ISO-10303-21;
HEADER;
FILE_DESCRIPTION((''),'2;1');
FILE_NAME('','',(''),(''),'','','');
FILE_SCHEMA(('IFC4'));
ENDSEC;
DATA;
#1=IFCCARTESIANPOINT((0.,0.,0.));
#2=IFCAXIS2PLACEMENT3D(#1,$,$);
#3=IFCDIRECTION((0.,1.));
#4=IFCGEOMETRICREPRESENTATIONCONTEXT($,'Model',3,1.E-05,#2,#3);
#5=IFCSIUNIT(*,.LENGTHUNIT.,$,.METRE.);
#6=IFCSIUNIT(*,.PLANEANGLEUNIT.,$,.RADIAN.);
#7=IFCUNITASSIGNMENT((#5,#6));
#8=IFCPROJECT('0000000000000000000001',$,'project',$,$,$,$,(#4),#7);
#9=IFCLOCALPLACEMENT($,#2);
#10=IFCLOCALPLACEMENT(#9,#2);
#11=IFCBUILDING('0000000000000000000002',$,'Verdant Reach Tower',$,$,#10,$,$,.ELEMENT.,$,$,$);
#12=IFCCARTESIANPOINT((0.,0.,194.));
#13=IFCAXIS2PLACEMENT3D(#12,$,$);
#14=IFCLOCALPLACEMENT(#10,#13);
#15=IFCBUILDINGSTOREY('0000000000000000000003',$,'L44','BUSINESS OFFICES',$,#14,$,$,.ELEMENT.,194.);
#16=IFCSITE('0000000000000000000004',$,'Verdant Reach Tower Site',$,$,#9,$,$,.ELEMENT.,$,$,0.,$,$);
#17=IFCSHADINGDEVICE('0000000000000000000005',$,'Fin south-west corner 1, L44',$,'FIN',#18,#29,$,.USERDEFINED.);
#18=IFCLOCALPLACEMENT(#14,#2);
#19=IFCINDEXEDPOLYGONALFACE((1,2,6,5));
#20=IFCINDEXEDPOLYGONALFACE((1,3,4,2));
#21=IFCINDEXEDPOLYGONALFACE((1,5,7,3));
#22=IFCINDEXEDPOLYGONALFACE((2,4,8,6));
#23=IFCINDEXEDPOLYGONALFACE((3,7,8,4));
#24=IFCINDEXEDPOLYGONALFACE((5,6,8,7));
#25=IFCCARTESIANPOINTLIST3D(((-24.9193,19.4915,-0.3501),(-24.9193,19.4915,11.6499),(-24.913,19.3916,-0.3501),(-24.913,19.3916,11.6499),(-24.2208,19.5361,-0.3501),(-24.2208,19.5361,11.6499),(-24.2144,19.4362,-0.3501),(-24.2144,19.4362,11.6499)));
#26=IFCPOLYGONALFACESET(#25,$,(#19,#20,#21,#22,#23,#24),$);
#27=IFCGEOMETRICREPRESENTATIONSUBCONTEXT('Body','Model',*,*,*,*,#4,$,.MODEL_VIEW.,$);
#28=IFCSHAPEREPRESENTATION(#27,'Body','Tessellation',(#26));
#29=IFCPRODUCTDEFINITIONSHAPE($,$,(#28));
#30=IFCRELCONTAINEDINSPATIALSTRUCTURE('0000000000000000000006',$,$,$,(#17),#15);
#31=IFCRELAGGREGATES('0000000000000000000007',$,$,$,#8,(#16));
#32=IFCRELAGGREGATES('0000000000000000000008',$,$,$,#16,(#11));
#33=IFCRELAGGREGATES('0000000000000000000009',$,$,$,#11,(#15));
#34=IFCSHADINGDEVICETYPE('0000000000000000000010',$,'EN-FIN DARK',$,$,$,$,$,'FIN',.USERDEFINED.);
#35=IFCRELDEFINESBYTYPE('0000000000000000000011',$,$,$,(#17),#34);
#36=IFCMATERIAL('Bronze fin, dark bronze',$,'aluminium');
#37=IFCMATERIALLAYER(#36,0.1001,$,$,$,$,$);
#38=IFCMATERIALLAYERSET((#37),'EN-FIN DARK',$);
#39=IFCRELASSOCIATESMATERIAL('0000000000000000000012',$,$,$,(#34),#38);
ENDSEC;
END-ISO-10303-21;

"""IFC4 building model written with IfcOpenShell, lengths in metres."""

from ifc_helpers import new_model, si_unit, direction, frame, origin, origin_2d, place, context, subcontext, project, spatial, rectangle, extrude, material, layer, layer_set, type_object, element, save


model = new_model("IFC4")

# Units and contexts
model_context = context("Model", 3, precision=1e-05, world=origin(), true_north=direction((0.0, 1.0)))
body_context = subcontext(model_context, "Body", "Model", "MODEL_VIEW")
ifc_project = project(units=[si_unit("LENGTHUNIT", "METRE"), si_unit("PLANEANGLEUNIT", "RADIAN")], contexts=[model_context])

# Site, building, storey
site_placement = place(None, origin())
site = spatial("IfcSite", under=ifc_project, at=site_placement, Name="Verdant Reach Tower Site", CompositionType="ELEMENT", RefElevation=0.0)
building_placement = place(site_placement, origin())
building = spatial("IfcBuilding", under=site, at=building_placement, Name="Verdant Reach Tower", CompositionType="ELEMENT")
storey_placement = place(building_placement, frame((0.0, 0.0, 194.0)))
storey = spatial("IfcBuildingStorey", under=building, at=storey_placement, Name="L44", Description="BUSINESS OFFICES", CompositionType="ELEMENT", Elevation=194.0)

# Shading device
ifc_material_1 = material(Name="Bronze fin, dark bronze", Category="aluminium")
ifc_layer_1 = layer(ifc_material_1, 0.1001)
ifc_layer_set_1 = layer_set([ifc_layer_1], Name="EN-FIN DARK")
shading_device_type_1 = type_object("IfcShadingDeviceType", Name="EN-FIN DARK", ElementType="FIN", PredefinedType="USERDEFINED", material=ifc_layer_set_1)
shading_device_placement = place(storey_placement, frame((-24.5669, 19.4639, -0.3501), z_axis=(0.0, 0.0, 1.0), x_axis=(0.063699, -0.997969, 0.0)))
element("IfcShadingDevice", 1, at=shading_device_placement, inside=storey, type_object=shading_device_type_1, Name="Fin south-west corner 1, L44", ObjectType="FIN", PredefinedType="USERDEFINED", context=body_context, shape_type="SweptSolid", body=[
    extrude(rectangle(XDim=0.1001, YDim=0.7, at=origin_2d()), origin(), (0.0, 0.0, 1.0), 12.0),
])

save(model, "model.ifc")
